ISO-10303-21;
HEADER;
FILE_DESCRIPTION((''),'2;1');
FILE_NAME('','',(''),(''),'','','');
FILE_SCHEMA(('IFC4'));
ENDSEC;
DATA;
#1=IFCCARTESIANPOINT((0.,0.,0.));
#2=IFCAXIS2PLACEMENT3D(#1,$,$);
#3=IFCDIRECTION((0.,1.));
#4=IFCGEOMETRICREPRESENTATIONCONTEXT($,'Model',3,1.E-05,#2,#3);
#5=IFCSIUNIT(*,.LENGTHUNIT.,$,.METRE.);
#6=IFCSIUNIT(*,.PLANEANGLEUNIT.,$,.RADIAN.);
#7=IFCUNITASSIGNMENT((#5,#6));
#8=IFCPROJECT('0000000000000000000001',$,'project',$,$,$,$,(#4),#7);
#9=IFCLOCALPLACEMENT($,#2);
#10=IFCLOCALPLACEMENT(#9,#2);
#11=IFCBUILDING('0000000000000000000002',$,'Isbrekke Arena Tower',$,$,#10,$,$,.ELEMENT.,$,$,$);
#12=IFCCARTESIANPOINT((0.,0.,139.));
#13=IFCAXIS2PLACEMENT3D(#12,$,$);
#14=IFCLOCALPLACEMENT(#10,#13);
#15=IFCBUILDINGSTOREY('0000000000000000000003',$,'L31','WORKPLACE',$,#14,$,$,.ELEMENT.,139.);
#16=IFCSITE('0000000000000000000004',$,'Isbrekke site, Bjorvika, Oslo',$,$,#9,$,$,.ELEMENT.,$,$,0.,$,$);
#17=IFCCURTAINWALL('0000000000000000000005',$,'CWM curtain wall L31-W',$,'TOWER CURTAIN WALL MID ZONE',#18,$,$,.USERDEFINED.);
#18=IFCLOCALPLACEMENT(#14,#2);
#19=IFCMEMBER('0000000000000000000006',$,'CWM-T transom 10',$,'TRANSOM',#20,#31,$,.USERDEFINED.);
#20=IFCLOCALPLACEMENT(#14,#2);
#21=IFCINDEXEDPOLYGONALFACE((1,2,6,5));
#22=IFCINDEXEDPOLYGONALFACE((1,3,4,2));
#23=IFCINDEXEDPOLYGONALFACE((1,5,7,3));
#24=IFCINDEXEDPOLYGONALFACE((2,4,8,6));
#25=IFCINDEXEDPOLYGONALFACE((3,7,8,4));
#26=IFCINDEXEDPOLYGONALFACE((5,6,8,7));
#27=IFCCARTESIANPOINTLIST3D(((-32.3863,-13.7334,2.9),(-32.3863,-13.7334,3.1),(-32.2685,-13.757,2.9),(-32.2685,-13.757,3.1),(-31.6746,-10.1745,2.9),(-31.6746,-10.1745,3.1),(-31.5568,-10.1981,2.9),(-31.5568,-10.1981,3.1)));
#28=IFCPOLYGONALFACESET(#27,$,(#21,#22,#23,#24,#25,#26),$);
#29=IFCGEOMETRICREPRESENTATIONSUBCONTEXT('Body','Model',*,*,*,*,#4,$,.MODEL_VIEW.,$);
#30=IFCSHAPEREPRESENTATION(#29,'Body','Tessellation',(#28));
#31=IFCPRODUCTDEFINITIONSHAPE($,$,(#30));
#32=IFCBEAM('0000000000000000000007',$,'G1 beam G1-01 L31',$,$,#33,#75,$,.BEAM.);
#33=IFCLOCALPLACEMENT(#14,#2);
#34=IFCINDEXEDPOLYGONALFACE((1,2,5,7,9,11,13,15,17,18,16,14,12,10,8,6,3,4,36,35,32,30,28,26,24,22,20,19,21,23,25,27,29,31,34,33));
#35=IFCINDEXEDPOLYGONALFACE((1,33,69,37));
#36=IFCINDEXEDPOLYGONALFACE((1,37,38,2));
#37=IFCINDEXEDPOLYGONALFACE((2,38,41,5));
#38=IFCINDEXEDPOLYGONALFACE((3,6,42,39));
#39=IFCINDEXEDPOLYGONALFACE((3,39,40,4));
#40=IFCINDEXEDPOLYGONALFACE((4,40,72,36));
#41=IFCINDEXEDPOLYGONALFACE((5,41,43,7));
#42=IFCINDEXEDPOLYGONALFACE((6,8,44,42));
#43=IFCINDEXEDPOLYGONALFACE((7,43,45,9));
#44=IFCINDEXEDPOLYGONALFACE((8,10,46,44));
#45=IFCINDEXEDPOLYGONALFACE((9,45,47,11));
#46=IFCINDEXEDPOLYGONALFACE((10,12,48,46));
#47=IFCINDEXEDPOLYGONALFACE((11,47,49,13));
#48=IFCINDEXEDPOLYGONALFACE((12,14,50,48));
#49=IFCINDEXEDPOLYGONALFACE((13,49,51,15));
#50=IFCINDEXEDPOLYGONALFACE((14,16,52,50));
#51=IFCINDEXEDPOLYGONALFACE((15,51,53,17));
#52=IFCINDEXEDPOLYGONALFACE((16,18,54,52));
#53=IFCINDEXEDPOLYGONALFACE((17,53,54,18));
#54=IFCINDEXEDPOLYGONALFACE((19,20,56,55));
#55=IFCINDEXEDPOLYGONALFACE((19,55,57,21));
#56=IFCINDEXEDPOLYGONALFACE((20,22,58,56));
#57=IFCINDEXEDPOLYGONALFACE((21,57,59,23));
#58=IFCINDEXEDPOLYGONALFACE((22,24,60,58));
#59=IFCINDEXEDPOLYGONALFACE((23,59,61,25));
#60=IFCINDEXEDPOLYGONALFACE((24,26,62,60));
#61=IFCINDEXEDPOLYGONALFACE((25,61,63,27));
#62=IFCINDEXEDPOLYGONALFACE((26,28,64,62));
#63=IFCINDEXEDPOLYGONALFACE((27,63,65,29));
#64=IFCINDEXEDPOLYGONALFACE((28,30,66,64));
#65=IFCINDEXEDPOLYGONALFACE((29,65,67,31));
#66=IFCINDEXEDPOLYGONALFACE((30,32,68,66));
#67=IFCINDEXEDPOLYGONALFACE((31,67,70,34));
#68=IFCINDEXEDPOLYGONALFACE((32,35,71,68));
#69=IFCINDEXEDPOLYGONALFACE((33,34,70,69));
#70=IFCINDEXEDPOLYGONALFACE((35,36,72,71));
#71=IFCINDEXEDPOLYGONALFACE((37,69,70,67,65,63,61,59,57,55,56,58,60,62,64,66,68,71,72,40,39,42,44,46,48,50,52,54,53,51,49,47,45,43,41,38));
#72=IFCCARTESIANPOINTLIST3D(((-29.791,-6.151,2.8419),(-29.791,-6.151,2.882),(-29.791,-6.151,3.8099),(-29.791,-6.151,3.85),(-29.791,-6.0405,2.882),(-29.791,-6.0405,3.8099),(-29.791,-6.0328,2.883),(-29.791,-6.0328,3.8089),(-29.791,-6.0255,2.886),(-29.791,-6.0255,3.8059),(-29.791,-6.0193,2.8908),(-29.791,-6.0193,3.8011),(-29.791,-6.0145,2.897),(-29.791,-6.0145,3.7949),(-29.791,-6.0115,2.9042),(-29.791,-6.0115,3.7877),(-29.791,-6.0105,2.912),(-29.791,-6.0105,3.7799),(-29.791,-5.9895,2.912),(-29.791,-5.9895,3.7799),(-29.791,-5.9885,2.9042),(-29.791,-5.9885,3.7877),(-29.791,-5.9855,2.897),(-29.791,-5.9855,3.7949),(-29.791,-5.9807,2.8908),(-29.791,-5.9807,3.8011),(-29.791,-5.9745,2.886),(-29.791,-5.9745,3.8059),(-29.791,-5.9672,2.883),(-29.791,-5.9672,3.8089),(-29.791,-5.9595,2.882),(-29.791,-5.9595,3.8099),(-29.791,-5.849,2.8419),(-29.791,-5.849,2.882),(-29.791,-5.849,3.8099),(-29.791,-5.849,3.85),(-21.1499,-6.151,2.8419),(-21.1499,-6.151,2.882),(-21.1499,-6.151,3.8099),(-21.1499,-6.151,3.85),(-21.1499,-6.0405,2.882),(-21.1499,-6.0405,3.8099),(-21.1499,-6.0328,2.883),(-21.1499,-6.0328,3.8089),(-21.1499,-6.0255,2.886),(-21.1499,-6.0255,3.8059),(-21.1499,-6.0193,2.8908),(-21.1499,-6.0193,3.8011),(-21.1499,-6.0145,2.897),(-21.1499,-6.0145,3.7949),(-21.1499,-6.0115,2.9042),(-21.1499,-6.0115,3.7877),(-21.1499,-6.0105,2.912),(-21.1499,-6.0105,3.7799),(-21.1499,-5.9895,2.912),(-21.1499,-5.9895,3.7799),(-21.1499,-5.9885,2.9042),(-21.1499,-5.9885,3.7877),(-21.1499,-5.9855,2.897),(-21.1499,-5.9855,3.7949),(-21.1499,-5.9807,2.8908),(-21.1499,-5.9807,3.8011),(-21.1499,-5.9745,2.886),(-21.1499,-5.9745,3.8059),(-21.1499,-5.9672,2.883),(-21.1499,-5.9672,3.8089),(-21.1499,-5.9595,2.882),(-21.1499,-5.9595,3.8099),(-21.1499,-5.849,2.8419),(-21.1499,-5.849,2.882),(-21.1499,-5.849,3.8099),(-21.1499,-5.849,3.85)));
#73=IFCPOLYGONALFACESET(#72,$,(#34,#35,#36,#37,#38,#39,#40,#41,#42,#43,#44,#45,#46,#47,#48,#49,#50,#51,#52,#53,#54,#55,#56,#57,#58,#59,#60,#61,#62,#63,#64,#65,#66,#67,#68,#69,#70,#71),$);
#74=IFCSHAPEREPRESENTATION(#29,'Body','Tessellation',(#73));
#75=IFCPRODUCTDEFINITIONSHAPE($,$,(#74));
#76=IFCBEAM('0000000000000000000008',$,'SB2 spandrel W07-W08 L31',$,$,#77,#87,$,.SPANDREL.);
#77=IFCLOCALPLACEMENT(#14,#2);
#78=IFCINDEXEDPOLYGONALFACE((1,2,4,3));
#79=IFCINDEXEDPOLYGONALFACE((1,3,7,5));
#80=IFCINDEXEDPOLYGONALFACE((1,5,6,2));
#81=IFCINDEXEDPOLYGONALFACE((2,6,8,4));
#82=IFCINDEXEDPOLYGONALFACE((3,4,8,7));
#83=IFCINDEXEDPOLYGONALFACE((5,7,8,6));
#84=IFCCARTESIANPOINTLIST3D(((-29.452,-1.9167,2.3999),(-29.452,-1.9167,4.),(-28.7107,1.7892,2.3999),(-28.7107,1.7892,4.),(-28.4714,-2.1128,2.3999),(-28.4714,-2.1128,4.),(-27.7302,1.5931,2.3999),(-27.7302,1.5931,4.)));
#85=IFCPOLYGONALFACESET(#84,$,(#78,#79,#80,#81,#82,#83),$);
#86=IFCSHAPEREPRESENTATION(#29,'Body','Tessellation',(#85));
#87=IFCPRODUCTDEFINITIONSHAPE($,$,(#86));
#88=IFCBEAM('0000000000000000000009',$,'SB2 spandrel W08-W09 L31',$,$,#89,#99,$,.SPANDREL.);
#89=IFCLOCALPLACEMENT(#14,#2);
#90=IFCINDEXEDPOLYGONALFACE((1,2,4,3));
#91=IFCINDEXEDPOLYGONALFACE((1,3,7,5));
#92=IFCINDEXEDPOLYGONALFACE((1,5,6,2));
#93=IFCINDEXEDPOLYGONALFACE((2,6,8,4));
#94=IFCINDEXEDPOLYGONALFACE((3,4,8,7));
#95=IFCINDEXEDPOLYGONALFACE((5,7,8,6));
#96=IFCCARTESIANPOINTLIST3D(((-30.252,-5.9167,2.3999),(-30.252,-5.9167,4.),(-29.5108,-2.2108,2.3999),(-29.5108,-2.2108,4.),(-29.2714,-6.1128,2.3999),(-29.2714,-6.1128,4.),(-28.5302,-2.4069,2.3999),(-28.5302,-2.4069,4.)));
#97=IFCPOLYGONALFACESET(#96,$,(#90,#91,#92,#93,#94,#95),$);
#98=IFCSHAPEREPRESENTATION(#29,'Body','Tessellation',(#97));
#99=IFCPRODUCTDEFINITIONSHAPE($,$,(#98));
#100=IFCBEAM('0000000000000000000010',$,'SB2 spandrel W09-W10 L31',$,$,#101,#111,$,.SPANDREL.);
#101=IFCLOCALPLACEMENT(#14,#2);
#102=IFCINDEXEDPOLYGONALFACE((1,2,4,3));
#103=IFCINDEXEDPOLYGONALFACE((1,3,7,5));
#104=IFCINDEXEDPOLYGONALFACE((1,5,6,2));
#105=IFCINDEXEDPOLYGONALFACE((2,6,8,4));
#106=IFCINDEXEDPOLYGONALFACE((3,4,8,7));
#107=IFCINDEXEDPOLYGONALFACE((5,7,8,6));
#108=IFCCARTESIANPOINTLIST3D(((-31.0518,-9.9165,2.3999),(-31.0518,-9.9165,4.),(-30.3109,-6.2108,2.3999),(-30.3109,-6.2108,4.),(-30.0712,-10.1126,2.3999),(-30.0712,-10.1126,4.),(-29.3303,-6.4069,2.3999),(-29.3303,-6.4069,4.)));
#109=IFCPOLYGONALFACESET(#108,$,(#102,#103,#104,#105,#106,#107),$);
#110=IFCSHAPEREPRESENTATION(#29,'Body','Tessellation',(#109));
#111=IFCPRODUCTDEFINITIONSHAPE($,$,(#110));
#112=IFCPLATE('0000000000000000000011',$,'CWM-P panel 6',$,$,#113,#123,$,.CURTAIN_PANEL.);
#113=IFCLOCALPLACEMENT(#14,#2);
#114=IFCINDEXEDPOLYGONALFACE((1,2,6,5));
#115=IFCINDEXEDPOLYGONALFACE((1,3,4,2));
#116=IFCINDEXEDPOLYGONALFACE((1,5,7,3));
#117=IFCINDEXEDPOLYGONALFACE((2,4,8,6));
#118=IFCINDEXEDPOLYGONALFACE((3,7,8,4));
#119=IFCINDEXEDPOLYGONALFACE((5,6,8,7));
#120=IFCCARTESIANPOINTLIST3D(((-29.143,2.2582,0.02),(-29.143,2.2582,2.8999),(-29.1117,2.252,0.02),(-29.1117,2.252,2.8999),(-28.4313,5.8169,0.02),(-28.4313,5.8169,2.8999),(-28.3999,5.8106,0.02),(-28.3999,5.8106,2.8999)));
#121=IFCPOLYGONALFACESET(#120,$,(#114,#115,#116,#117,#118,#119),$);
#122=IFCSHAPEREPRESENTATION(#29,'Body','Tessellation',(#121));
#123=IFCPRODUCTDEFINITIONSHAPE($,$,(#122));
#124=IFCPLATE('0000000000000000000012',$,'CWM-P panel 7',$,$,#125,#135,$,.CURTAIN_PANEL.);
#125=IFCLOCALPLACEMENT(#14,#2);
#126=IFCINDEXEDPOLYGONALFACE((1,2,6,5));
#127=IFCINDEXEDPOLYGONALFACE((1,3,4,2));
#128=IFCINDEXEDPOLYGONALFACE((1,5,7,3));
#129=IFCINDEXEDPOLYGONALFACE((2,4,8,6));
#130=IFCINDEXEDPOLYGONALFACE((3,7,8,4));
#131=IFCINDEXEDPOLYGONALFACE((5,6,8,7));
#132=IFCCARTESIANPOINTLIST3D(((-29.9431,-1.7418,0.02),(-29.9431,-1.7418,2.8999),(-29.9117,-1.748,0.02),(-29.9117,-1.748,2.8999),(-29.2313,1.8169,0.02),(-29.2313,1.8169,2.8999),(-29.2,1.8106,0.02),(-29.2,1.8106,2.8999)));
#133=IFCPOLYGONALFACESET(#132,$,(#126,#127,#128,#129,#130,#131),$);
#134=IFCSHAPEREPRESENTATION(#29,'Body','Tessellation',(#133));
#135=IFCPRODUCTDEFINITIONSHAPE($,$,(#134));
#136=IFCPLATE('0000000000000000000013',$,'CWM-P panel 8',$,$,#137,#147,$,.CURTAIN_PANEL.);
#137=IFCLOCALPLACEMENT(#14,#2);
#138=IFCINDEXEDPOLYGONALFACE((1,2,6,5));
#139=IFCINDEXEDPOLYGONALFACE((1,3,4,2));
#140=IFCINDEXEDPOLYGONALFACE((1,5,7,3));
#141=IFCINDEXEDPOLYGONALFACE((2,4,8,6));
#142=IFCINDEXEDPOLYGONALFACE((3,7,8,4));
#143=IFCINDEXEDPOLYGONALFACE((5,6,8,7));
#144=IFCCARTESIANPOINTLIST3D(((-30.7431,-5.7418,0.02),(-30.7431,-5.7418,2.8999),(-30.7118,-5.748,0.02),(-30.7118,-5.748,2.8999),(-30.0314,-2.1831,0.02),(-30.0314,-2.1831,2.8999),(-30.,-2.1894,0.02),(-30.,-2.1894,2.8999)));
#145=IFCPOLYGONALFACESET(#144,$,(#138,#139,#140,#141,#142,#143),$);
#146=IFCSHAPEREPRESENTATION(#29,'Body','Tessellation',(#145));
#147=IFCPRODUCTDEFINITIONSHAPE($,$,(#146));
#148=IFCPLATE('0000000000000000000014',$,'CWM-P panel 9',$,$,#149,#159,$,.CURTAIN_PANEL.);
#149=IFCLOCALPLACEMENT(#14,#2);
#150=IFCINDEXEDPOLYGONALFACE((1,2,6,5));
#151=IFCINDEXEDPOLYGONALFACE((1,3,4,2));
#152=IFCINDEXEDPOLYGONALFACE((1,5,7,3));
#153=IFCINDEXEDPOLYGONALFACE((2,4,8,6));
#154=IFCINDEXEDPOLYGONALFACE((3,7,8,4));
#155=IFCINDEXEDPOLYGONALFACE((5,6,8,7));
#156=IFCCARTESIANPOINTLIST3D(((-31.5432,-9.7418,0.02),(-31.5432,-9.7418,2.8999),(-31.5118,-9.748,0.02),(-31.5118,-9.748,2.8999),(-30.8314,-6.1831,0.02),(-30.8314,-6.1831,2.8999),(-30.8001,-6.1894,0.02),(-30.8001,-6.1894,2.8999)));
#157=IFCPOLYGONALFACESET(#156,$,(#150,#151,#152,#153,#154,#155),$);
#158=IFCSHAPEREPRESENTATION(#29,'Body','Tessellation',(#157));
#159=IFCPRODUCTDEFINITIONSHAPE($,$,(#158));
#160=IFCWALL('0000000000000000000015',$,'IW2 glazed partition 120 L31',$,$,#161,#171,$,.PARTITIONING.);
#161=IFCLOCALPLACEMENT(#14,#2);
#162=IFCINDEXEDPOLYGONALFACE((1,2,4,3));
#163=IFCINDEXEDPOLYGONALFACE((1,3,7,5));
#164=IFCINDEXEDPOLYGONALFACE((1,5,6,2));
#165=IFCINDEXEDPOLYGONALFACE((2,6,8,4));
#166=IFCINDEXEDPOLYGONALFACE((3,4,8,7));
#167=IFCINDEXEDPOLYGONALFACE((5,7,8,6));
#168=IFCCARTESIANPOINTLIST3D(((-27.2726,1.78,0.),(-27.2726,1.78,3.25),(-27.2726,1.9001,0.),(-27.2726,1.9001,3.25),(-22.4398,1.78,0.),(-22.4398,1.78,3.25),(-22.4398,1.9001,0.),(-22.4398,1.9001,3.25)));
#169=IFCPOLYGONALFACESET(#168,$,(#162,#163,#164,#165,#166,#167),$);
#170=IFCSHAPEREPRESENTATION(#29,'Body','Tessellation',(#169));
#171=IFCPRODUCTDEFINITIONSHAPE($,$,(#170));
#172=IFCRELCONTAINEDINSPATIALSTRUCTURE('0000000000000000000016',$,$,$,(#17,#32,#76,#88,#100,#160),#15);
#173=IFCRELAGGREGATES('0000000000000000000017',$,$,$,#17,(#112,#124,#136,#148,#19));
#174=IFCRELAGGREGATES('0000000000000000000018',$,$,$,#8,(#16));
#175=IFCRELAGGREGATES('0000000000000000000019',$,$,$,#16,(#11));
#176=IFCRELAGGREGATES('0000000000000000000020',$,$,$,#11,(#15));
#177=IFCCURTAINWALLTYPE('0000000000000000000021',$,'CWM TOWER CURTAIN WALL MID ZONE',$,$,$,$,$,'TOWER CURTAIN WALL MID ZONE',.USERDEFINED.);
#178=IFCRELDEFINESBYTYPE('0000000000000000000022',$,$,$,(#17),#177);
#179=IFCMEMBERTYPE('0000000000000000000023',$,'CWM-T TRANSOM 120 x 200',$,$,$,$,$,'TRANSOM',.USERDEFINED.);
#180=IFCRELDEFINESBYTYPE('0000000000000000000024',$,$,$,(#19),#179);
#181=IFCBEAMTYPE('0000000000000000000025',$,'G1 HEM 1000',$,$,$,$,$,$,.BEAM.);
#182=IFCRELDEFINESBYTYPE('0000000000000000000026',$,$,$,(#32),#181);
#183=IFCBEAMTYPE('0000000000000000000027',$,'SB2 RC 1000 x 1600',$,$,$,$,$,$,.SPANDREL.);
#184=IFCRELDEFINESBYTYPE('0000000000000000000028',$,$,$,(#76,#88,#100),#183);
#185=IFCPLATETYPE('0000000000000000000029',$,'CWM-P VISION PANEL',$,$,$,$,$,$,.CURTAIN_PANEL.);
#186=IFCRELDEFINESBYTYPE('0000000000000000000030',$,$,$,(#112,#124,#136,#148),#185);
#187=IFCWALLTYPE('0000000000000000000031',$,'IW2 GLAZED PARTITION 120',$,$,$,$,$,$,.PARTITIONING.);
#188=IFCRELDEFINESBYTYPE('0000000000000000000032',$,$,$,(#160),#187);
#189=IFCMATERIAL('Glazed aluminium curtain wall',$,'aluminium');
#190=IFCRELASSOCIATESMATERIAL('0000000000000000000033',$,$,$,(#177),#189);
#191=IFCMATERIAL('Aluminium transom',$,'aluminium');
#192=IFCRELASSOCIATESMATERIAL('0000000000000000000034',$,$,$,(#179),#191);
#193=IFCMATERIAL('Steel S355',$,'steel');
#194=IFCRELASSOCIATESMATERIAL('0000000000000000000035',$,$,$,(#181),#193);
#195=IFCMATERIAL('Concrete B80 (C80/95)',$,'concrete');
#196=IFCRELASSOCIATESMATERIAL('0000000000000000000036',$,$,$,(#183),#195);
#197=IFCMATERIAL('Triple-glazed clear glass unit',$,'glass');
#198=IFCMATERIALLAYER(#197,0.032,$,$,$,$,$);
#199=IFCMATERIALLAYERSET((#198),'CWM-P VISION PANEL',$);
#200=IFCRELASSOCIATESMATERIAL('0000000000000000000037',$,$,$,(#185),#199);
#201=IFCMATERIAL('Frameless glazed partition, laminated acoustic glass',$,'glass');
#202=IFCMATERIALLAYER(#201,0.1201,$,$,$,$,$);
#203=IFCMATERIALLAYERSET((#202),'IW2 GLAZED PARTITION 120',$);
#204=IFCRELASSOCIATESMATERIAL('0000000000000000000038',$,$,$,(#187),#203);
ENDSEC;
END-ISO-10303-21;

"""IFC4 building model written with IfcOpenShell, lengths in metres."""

from ifc_helpers import new_model, si_unit, direction, frame, frame_2d, origin, origin_2d, place, context, subcontext, project, spatial, rectangle, i_section, extrude, material, layer, layer_set, material_profile, profile_set, type_object, element, aggregate, save


model = new_model("IFC4")

# Units and contexts
model_context = context("Model", 3, precision=1e-05, world=origin(), true_north=direction((0.0, 1.0)))
body_context = subcontext(model_context, "Body", "Model", "MODEL_VIEW")
ifc_project = project(units=[si_unit("LENGTHUNIT", "METRE"), si_unit("PLANEANGLEUNIT", "RADIAN")], contexts=[model_context])

# Site, building, storey
site_placement = place(None, origin())
site = spatial("IfcSite", under=ifc_project, at=site_placement, Name="Isbrekke site, Bjorvika, Oslo", CompositionType="ELEMENT", RefElevation=0.0)
building_placement = place(site_placement, origin())
building = spatial("IfcBuilding", under=site, at=building_placement, Name="Isbrekke Arena Tower", CompositionType="ELEMENT")
storey_placement = place(building_placement, frame((0.0, 0.0, 139.0)))
storey = spatial("IfcBuildingStorey", under=building, at=storey_placement, Name="L31", Description="WORKPLACE", CompositionType="ELEMENT", Elevation=139.0)

# Curtain wall, member
ifc_material_1 = material(Name="Glazed aluminium curtain wall", Category="aluminium")
curtain_wall_type = type_object("IfcCurtainWallType", Name="CWM TOWER CURTAIN WALL MID ZONE", ElementType="TOWER CURTAIN WALL MID ZONE", PredefinedType="USERDEFINED", material=ifc_material_1)
curtain_wall_placement = place(storey_placement, origin())
curtain_wall = element("IfcCurtainWall", 1, at=curtain_wall_placement, inside=storey, type_object=curtain_wall_type, Name="CWM curtain wall L31-W", ObjectType="TOWER CURTAIN WALL MID ZONE", PredefinedType="USERDEFINED")
ifc_material_2 = material(Name="Aluminium transom", Category="aluminium")
ifc_material_profile_1 = material_profile(ifc_material_2, rectangle(XDim=0.1201, YDim=0.2, at=origin_2d()), Name="TRANSOM 120X200")
ifc_profile_set_1 = profile_set([ifc_material_profile_1], Name="Aluminium transom")
member_type_1 = type_object("IfcMemberType", Name="CWM-T TRANSOM 120 x 200", ElementType="TRANSOM", PredefinedType="USERDEFINED", material=ifc_profile_set_1)
member_1_placement = place(storey_placement, frame((-31.6157, -10.1863, 3.0), z_axis=(-0.19609, -0.980586, 0.0), x_axis=(0.980586, -0.19609, 0.0)))
member_1 = element("IfcMember", 2, at=member_1_placement, type_object=member_type_1, Name="CWM-T transom 10", ObjectType="TRANSOM", PredefinedType="USERDEFINED", context=body_context, shape_type="SweptSolid", body=[
    extrude(rectangle(XDim=0.1201, YDim=0.2, at=origin_2d()), origin(), (0.0, 0.0, 1.0), 3.6294),
])

# Beams
ifc_material_3 = material(Name="Steel S355", Category="steel")
ifc_material_profile_2 = material_profile(ifc_material_3, i_section(OverallWidth=0.302, OverallDepth=1.0081, WebThickness=0.021, FlangeThickness=0.04, FilletRadius=0.03, at=origin_2d()), Name="HEM 1000")
ifc_profile_set_2 = profile_set([ifc_material_profile_2], Name="Steel S355")
beam_type_1 = type_object("IfcBeamType", Name="G1 HEM 1000", PredefinedType="BEAM", material=ifc_profile_set_2)
beam_1_placement = place(storey_placement, frame((-29.791, -6.0, 3.3459), z_axis=(1.0, 0.0, 0.0), x_axis=(0.0, 1.0, 0.0)))
element("IfcBeam", 3, at=beam_1_placement, inside=storey, type_object=beam_type_1, Name="G1 beam G1-01 L31", PredefinedType="BEAM", context=body_context, shape_type="SweptSolid", body=[
    extrude(i_section(OverallWidth=0.302, OverallDepth=1.0081, WebThickness=0.021, FlangeThickness=0.04, FilletRadius=0.03, at=origin_2d()), origin(), (0.0, 0.0, 1.0), 8.6411),
])
ifc_material_4 = material(Name="Concrete B80 (C80/95)", Category="concrete")
ifc_material_profile_3 = material_profile(ifc_material_4, rectangle(XDim=1.0, YDim=1.6001, at=origin_2d()), Name="RC 1000x1600")
ifc_profile_set_3 = profile_set([ifc_material_profile_3], Name="Concrete B80 (C80/95)")
beam_type_2 = type_object("IfcBeamType", Name="SB2 RC 1000 x 1600", PredefinedType="SPANDREL", material=ifc_profile_set_3)
for number, where, z_axis, x_axis, name in (
    (4, (-28.2205, 1.6912, 3.2), (-0.196129, -0.980578, 0.0), (0.980578, -0.196129, 0.0), "SB2 spandrel W07-W08 L31"),
    (5, (-29.0205, -2.3088, 3.2), (-0.196129, -0.980578, 0.0), (0.980578, -0.196129, 0.0), "SB2 spandrel W08-W09 L31"),
):
    element("IfcBeam", number, at=place(storey_placement, frame(where, z_axis=z_axis, x_axis=x_axis)), inside=storey, type_object=beam_type_2, Name=name, PredefinedType="SPANDREL", context=body_context, shape_type="SweptSolid", body=[
        extrude(rectangle(XDim=1.0, YDim=1.6001, at=origin_2d()), origin(), (0.0, 0.0, 1.0), 3.7793),
    ])
beam_2_placement = place(storey_placement, frame((-29.8206, -6.3088, 3.2), z_axis=(-0.196066, -0.980591, 0.0), x_axis=(0.980591, -0.196066, 0.0)))
element("IfcBeam", 6, at=beam_2_placement, inside=storey, type_object=beam_type_2, Name="SB2 spandrel W09-W10 L31", PredefinedType="SPANDREL", context=body_context, shape_type="SweptSolid", body=[
    extrude(rectangle(XDim=1.0, YDim=1.6001, at=origin_2d()), origin(), (0.0, 0.0, 1.0), 3.7791),
])

# Plates
ifc_material_5 = material(Name="Triple-glazed clear glass unit", Category="glass")
ifc_layer_1 = layer(ifc_material_5, 0.032)
ifc_layer_set_1 = layer_set([ifc_layer_1], Name="CWM-P VISION PANEL")
plate_type = type_object("IfcPlateType", Name="CWM-P VISION PANEL", PredefinedType="CURTAIN_PANEL", material=ifc_layer_set_1)
plate_1_placement = place(storey_placement, frame((-28.7715, 4.0344, 0.02), z_axis=(0.0, 0.0, 1.0), x_axis=(-0.196116, -0.980581, 0.0)))
plate_1 = element("IfcPlate", 7, at=plate_1_placement, type_object=plate_type, Name="CWM-P panel 6", PredefinedType="CURTAIN_PANEL", context=body_context, shape_type="SweptSolid", body=[
    extrude(rectangle(XDim=3.6292, YDim=0.032, at=origin_2d()), origin(), (0.0, 0.0, 1.0), 2.8799),
])
plate_2_placement = place(storey_placement, frame((-29.5715, 0.0344, 0.02), z_axis=(0.0, 0.0, 1.0), x_axis=(-0.196116, -0.980581, 0.0)))
plate_2 = element("IfcPlate", 8, at=plate_2_placement, type_object=plate_type, Name="CWM-P panel 7", PredefinedType="CURTAIN_PANEL", context=body_context, shape_type="SweptSolid", body=[
    extrude(rectangle(XDim=3.6292, YDim=0.032, at=origin_2d()), origin(), (0.0, 0.0, 1.0), 2.8799),
])
plate_3_placement = place(storey_placement, frame((-30.3716, -3.9656, 0.02), z_axis=(0.0, 0.0, 1.0), x_axis=(-0.196116, -0.980581, 0.0)))
plate_3 = element("IfcPlate", 9, at=plate_3_placement, type_object=plate_type, Name="CWM-P panel 8", PredefinedType="CURTAIN_PANEL", context=body_context, shape_type="SweptSolid", body=[
    extrude(rectangle(XDim=3.6292, YDim=0.032, at=origin_2d()), origin(), (0.0, 0.0, 1.0), 2.8799),
])
plate_4_placement = place(storey_placement, frame((-31.1716, -7.9656, 0.02), z_axis=(0.0, 0.0, 1.0), x_axis=(-0.196116, -0.980581, 0.0)))
plate_4 = element("IfcPlate", 10, at=plate_4_placement, type_object=plate_type, Name="CWM-P panel 9", PredefinedType="CURTAIN_PANEL", context=body_context, shape_type="SweptSolid", body=[
    extrude(rectangle(XDim=3.6292, YDim=0.032, at=origin_2d()), origin(), (0.0, 0.0, 1.0), 2.8799),
])
aggregate(curtain_wall, [plate_1, plate_2, plate_3, plate_4, member_1])

# Wall
ifc_material_6 = material(Name="Frameless glazed partition, laminated acoustic glass", Category="glass")
ifc_layer_2 = layer(ifc_material_6, 0.1201)
ifc_layer_set_2 = layer_set([ifc_layer_2], Name="IW2 GLAZED PARTITION 120")
wall_type = type_object("IfcWallType", Name="IW2 GLAZED PARTITION 120", PredefinedType="PARTITIONING", material=ifc_layer_set_2)
wall_1_placement = place(storey_placement, frame((-27.2727, 1.8401, 0.0), z_axis=(0.0, 0.0, 1.0), x_axis=(1.0, 0.0, 0.0)))
element("IfcWall", 11, at=wall_1_placement, inside=storey, type_object=wall_type, Name="IW2 glazed partition 120 L31", PredefinedType="PARTITIONING", context=body_context, shape_type="SweptSolid", body=[
    extrude(rectangle(XDim=4.8328, YDim=0.1201, at=frame_2d((2.4165, 0.0))), origin(), (0.0, 0.0, 1.0), 3.25),
])

save(model, "model.ifc")
